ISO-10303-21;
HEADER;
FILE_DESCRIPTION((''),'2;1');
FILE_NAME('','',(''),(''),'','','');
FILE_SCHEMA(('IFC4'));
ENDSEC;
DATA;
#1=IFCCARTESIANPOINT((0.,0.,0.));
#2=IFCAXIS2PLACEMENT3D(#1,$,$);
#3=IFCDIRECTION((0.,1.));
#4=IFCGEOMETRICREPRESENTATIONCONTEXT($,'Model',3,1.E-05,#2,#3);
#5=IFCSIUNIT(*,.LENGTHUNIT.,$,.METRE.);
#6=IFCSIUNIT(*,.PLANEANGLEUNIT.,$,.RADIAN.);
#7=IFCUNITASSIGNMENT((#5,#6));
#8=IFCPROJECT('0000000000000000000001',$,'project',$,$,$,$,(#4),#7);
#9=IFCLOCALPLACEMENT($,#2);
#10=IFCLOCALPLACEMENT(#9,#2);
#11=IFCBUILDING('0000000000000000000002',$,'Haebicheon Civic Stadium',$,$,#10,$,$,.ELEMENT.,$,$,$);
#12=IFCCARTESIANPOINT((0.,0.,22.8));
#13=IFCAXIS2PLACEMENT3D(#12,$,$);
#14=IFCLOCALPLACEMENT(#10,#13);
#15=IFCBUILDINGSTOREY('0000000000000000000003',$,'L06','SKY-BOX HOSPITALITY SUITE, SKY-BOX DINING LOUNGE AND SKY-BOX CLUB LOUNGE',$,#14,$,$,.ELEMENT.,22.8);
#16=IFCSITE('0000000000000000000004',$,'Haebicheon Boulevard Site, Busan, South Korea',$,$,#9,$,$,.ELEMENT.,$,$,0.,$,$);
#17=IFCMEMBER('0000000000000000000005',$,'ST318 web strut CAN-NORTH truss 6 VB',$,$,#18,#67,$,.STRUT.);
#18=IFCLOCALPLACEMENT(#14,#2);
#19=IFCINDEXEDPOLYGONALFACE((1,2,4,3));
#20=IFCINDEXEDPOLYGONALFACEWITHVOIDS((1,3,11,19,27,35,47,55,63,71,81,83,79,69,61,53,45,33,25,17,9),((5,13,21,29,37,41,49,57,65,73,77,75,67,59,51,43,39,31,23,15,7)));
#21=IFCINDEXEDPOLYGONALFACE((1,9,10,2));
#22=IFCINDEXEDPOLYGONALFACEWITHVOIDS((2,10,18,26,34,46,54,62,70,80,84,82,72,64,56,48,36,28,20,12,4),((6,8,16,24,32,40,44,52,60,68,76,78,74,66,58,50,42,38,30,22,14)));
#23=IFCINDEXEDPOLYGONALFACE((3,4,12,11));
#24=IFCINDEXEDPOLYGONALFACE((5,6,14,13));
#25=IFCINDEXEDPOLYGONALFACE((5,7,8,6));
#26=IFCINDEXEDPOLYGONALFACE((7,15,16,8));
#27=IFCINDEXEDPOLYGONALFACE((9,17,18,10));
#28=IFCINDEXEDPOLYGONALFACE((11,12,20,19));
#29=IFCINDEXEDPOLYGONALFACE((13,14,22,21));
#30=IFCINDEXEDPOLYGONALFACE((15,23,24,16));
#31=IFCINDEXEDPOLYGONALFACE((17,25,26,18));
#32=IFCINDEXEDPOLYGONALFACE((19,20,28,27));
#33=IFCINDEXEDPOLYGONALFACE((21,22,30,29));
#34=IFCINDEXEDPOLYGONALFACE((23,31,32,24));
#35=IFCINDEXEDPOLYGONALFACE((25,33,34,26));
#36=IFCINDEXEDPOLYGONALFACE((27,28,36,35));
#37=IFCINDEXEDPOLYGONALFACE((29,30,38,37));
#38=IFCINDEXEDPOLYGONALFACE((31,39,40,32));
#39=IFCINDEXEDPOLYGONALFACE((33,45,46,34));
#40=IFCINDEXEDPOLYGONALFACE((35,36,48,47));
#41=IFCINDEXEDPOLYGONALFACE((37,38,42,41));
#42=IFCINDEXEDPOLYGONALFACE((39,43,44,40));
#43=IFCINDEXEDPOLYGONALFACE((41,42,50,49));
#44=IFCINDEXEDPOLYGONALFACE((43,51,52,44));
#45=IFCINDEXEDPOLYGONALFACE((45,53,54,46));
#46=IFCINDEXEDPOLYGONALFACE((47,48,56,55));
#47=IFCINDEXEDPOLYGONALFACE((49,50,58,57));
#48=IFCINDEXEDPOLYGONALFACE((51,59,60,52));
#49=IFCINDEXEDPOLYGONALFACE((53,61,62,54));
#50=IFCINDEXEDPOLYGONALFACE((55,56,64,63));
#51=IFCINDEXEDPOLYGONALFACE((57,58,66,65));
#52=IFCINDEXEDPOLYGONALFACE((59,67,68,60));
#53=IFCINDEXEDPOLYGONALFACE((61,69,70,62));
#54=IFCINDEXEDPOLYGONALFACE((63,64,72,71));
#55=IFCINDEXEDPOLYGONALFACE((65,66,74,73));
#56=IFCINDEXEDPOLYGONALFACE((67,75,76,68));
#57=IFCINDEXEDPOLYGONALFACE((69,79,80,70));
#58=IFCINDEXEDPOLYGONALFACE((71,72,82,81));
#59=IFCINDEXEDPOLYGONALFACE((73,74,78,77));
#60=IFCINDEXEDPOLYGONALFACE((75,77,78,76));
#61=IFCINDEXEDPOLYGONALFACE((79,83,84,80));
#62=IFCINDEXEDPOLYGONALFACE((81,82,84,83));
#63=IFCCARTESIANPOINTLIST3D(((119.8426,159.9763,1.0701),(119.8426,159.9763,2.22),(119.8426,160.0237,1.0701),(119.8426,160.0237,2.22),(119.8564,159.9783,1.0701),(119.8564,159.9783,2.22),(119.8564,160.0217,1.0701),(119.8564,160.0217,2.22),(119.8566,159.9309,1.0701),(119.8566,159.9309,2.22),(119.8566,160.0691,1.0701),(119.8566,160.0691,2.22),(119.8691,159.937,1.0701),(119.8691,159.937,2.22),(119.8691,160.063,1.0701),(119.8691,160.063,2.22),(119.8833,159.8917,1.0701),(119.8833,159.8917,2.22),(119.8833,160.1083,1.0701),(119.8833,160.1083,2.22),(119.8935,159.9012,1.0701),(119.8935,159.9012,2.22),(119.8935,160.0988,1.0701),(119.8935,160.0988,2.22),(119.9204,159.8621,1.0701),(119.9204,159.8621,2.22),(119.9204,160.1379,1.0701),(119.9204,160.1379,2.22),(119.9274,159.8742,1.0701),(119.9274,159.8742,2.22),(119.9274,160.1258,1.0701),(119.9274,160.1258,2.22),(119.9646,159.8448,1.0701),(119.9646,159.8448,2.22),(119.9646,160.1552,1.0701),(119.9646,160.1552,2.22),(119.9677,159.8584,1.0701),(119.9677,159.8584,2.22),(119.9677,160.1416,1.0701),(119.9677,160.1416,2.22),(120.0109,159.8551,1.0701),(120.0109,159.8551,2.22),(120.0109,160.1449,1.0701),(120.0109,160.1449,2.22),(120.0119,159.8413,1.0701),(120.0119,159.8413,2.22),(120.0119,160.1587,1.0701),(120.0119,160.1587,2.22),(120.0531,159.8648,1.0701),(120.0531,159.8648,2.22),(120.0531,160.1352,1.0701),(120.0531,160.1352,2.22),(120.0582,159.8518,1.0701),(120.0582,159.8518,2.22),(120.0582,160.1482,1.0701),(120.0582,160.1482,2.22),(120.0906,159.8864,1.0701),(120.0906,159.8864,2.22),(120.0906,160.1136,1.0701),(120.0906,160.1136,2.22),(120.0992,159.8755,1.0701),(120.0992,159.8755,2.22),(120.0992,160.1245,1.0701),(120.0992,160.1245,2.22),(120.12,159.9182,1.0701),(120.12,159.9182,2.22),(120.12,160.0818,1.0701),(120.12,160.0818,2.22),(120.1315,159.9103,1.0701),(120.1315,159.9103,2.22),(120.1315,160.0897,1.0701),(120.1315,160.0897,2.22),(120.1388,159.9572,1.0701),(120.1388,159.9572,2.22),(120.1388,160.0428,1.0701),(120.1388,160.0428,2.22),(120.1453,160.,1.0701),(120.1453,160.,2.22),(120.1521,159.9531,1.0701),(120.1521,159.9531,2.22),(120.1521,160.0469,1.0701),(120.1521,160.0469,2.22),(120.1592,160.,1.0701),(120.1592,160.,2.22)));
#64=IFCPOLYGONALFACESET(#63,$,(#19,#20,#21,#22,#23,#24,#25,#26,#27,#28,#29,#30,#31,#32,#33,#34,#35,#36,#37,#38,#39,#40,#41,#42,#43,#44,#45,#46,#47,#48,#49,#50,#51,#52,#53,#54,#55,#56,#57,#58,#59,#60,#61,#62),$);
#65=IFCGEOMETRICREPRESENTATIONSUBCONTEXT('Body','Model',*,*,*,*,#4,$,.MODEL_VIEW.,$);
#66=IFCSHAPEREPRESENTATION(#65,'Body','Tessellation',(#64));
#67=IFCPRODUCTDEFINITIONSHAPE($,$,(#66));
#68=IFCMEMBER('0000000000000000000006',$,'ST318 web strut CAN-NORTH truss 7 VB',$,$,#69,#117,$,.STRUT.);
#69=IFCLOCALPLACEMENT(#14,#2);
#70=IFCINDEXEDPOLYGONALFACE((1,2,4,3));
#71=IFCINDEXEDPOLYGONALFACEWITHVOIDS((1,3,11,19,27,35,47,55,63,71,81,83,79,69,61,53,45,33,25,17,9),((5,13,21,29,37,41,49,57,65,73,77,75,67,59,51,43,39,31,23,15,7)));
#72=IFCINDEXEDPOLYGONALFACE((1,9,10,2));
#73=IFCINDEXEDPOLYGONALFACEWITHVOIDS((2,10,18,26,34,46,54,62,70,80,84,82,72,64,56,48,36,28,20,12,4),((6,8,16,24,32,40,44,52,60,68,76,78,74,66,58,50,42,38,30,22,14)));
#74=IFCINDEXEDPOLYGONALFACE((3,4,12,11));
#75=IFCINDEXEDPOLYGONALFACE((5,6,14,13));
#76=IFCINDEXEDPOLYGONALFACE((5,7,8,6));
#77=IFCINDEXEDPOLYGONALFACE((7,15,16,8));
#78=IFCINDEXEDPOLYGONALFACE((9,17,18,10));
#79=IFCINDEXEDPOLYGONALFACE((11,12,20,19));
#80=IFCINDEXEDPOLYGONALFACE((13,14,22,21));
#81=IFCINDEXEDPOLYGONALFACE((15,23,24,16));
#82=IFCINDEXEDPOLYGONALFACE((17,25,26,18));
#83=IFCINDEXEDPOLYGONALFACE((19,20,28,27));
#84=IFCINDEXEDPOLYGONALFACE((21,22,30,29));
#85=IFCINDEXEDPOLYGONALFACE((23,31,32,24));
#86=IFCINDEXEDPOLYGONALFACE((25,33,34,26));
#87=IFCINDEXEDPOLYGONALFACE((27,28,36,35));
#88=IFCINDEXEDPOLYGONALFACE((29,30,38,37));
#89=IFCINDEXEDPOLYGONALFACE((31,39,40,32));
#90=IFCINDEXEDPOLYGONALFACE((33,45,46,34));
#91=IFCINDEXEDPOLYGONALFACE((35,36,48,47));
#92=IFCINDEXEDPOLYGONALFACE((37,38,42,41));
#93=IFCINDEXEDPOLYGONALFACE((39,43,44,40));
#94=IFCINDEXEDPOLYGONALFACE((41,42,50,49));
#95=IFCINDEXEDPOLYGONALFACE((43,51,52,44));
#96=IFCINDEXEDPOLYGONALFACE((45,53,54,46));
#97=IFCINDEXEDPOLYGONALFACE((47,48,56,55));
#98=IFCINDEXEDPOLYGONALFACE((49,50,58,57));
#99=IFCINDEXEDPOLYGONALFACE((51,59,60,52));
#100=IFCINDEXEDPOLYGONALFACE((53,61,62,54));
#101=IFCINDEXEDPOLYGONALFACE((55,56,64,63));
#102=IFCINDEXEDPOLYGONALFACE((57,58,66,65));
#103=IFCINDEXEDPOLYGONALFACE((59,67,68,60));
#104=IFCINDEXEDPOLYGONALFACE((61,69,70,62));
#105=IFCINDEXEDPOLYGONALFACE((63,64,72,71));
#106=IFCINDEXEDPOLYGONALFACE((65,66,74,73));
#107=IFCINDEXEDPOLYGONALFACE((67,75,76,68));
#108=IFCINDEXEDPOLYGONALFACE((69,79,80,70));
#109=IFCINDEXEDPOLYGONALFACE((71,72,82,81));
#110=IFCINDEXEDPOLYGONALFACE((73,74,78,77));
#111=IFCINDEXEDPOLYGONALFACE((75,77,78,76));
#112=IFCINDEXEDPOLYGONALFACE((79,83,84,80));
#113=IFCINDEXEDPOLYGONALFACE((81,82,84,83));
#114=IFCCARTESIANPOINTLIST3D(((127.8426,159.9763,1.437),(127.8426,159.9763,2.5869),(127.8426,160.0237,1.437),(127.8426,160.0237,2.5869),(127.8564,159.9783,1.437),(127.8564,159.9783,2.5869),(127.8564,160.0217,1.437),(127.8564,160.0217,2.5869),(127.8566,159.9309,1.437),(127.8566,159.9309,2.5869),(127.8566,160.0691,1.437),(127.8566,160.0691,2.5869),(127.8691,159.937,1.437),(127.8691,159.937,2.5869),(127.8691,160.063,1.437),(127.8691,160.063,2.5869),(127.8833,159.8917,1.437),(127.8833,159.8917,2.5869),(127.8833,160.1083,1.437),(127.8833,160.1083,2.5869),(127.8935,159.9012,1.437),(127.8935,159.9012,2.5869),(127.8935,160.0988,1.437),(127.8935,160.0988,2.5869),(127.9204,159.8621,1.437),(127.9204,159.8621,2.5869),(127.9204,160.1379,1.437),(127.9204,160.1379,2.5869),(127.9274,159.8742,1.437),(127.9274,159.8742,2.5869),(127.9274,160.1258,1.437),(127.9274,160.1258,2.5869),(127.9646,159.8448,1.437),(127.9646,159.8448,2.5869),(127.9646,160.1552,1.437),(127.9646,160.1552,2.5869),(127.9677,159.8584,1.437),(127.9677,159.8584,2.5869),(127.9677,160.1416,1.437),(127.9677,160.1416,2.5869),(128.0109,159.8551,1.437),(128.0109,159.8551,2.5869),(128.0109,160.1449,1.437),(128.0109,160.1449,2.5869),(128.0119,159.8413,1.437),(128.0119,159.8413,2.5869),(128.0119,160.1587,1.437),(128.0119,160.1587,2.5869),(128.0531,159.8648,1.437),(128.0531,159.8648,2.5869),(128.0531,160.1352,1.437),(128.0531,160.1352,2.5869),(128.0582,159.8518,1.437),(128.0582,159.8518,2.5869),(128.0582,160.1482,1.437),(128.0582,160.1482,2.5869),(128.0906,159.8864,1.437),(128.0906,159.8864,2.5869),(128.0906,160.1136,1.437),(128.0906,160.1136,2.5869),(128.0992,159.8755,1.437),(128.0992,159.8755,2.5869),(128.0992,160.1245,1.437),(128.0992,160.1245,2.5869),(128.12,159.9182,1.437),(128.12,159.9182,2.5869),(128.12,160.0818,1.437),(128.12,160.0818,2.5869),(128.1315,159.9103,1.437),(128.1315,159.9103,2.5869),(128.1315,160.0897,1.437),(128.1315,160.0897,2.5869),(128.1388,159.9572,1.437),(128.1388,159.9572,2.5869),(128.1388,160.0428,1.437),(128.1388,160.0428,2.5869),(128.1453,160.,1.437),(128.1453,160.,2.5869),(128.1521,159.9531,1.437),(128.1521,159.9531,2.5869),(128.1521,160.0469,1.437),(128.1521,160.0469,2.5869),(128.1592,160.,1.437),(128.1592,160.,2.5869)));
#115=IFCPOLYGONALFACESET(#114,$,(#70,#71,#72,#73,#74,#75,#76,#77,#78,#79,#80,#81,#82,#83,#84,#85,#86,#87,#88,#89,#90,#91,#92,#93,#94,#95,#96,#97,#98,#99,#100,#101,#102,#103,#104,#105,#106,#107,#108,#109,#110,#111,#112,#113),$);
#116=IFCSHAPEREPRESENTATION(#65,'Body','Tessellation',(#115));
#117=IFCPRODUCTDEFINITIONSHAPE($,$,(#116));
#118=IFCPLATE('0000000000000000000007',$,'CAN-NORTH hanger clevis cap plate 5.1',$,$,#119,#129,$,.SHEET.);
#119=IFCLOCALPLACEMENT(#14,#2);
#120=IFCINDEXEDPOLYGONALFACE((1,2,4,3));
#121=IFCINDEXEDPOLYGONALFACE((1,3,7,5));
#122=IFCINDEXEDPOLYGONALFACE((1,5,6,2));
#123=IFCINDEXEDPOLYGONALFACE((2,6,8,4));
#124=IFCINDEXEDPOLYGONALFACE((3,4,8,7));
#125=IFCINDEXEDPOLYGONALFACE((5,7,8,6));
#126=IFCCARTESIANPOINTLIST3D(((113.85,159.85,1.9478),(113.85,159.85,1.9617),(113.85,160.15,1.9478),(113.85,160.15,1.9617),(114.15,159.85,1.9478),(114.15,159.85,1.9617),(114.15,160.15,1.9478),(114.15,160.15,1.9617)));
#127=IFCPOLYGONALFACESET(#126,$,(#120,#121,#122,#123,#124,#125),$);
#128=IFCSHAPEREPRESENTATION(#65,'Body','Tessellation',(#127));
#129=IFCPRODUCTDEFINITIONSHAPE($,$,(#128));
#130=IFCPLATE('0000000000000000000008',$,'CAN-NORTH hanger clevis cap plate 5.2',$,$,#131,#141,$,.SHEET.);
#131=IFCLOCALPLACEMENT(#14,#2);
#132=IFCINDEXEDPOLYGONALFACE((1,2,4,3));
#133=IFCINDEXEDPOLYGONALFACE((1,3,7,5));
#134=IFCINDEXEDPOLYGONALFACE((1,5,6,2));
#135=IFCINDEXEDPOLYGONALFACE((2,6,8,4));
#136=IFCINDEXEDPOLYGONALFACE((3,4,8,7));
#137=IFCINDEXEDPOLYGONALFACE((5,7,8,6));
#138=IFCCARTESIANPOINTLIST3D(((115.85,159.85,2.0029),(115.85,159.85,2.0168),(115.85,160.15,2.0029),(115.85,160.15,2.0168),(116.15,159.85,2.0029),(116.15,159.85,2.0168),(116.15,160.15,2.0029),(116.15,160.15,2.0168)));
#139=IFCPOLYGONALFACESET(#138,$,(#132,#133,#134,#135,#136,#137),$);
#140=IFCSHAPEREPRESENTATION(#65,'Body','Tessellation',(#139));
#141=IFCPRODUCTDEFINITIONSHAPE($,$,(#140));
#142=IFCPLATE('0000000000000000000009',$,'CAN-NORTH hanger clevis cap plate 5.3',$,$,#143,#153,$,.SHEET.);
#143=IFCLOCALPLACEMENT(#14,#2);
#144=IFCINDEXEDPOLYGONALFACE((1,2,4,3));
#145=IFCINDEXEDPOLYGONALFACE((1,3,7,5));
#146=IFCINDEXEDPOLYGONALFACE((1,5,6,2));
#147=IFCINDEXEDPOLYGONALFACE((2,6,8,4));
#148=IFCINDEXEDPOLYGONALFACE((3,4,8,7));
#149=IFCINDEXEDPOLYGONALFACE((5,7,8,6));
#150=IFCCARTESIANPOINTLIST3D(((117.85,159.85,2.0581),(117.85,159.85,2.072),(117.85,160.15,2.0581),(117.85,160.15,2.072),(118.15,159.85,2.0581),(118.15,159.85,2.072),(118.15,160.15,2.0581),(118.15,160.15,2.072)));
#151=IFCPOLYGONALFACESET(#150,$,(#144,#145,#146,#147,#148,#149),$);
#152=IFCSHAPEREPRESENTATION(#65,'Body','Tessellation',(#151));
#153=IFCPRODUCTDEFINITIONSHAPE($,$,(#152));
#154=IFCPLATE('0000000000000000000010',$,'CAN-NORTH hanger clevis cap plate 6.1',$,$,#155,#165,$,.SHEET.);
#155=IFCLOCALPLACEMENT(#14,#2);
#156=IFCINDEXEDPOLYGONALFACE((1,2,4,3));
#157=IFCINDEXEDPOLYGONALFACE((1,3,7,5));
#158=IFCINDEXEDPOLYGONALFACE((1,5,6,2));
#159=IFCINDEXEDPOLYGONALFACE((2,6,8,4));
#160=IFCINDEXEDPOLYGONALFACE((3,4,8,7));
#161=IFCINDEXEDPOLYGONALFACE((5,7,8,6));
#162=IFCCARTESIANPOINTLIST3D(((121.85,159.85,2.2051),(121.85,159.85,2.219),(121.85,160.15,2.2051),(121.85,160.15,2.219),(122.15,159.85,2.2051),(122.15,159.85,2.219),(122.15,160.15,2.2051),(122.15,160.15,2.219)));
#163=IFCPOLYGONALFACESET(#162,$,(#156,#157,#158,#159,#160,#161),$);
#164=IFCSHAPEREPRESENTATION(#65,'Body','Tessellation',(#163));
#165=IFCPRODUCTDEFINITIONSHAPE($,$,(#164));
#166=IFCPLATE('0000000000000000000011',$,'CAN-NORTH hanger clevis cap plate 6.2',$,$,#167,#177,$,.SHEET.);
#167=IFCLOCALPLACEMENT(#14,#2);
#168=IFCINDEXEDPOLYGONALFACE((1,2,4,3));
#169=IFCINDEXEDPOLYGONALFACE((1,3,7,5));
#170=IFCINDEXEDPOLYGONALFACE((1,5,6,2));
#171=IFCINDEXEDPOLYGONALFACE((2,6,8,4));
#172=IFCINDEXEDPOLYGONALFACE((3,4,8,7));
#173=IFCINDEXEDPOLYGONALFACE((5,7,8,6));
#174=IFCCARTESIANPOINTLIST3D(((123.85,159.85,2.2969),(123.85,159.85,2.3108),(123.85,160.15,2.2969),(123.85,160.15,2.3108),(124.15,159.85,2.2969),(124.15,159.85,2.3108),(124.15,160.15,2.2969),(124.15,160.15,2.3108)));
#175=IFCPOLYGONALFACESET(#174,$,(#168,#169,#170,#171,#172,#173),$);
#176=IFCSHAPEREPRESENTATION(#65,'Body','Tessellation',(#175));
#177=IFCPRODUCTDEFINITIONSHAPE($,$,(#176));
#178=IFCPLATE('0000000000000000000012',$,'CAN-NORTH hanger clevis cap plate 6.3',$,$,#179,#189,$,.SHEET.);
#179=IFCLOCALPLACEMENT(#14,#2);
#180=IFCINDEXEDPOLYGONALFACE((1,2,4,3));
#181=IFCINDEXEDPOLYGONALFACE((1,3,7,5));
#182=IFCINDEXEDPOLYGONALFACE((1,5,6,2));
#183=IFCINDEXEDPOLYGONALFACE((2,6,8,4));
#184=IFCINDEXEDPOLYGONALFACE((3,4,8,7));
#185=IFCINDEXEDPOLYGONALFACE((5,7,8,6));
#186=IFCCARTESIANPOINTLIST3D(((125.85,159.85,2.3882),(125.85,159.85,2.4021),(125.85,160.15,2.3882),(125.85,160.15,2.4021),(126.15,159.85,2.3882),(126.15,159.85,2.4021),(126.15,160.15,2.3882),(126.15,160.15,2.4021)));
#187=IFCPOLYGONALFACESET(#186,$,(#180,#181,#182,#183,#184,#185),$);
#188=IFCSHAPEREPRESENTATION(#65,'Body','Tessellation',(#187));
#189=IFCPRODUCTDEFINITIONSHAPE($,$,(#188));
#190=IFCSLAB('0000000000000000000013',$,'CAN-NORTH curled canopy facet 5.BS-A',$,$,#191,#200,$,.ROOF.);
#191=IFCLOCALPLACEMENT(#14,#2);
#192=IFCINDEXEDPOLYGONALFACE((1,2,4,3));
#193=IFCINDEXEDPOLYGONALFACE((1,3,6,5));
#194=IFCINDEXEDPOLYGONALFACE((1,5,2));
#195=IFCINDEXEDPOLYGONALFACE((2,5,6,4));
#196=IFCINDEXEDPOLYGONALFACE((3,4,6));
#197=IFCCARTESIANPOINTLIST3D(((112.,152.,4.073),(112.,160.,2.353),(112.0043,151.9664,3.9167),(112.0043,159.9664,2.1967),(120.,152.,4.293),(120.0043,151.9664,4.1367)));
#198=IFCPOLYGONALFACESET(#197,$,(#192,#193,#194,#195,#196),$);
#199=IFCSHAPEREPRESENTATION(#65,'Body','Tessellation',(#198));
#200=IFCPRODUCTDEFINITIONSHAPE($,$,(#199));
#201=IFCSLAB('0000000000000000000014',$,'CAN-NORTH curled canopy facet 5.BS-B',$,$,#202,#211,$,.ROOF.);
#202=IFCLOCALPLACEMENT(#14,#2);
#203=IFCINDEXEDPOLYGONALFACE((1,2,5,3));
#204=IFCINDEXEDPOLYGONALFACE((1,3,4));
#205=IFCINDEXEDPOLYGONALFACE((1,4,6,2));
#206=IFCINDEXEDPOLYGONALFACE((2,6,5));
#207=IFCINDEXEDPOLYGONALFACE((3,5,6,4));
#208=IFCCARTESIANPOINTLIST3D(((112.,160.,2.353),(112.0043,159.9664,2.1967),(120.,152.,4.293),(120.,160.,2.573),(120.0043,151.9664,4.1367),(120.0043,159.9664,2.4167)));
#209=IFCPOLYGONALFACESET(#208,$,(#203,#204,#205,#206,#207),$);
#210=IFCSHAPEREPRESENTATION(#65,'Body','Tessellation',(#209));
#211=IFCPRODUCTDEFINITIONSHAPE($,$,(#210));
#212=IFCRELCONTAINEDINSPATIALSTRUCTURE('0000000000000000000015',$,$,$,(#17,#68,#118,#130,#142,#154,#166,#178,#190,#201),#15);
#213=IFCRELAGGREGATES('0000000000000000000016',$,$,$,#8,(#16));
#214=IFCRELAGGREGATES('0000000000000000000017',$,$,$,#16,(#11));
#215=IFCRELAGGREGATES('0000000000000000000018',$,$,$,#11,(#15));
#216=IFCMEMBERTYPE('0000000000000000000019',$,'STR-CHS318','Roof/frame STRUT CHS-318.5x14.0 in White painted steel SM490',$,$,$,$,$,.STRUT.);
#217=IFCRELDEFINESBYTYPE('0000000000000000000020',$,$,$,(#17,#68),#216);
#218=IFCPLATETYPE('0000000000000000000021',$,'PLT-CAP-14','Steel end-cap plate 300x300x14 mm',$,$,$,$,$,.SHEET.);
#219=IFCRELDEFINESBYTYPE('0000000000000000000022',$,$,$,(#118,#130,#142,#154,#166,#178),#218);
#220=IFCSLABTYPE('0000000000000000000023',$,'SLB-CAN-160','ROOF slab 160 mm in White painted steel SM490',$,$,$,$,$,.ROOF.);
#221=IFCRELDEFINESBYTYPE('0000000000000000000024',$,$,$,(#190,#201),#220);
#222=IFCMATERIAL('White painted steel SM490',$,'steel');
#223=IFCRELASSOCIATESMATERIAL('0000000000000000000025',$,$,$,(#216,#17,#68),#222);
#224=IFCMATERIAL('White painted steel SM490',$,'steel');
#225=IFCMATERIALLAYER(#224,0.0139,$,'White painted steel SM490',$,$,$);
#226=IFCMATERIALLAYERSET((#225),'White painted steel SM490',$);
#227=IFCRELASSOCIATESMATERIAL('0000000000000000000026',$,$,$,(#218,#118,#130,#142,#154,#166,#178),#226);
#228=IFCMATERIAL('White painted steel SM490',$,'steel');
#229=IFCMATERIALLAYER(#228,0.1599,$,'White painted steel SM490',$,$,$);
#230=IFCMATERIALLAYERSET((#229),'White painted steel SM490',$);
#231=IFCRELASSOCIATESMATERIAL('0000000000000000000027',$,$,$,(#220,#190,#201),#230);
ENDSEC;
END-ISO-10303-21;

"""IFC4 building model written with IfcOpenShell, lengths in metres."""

from ifc_helpers import new_model, si_unit, direction, frame, origin, origin_2d, place, context, subcontext, project, spatial, polyline, rectangle, hollow_circle, outline, extrude, material, layer, layer_set, material_profile, profile_set, type_object, element, save


model = new_model("IFC4")

# Units and contexts
model_context = context("Model", 3, precision=1e-05, world=origin(), true_north=direction((0.0, 1.0)))
body_context = subcontext(model_context, "Body", "Model", "MODEL_VIEW")
ifc_project = project(units=[si_unit("LENGTHUNIT", "METRE"), si_unit("PLANEANGLEUNIT", "RADIAN")], contexts=[model_context])

# Site, building, storey
site_placement = place(None, origin())
site = spatial("IfcSite", under=ifc_project, at=site_placement, Name="Haebicheon Boulevard Site, Busan, South Korea", CompositionType="ELEMENT", RefElevation=0.0)
building_placement = place(site_placement, origin())
building = spatial("IfcBuilding", under=site, at=building_placement, Name="Haebicheon Civic Stadium", CompositionType="ELEMENT")
storey_placement = place(building_placement, frame((0.0, 0.0, 22.8)))
storey = spatial("IfcBuildingStorey", under=building, at=storey_placement, Name="L06", Description="SKY-BOX HOSPITALITY SUITE, SKY-BOX DINING LOUNGE AND SKY-BOX CLUB LOUNGE", CompositionType="ELEMENT", Elevation=22.8)

# Members
ifc_material_1 = material(Name="White painted steel SM490", Category="steel")
ifc_material_profile_1 = material_profile(ifc_material_1, hollow_circle(Radius=0.1592, WallThickness=0.0139, at=origin_2d()), Name="CHS-318.5x14.0")
ifc_profile_set_1 = profile_set([ifc_material_profile_1], Name="White painted steel SM490")
member_type_1 = type_object("IfcMemberType", Name="STR-CHS318", Description="Roof/frame STRUT CHS-318.5x14.0 in White painted steel SM490", PredefinedType="STRUT", material=ifc_profile_set_1)
for number, where, z_axis, x_axis, name in (
    (1, (120.0, 160.0, 1.0701), (0.0, 0.0, 1.0), (1.0, 0.0, 0.0), "ST318 web strut CAN-NORTH truss 6 VB"),
    (2, (128.0, 160.0, 1.437), (0.0, 0.0, 1.0), (1.0, 0.0, 0.0), "ST318 web strut CAN-NORTH truss 7 VB"),
):
    element("IfcMember", number, at=place(storey_placement, frame(where, z_axis=z_axis, x_axis=x_axis)), inside=storey, type_object=member_type_1, material=ifc_profile_set_1, Name=name, PredefinedType="STRUT", context=body_context, shape_type="SweptSolid", body=[
        extrude(hollow_circle(Radius=0.1592, WallThickness=0.0139, at=origin_2d()), origin(), (0.0, 0.0, 1.0), 1.1499),
    ])

# Plates
ifc_material_2 = material(Name="White painted steel SM490", Category="steel")
ifc_layer_1 = layer(ifc_material_2, 0.0139, Name="White painted steel SM490")
ifc_layer_set_1 = layer_set([ifc_layer_1], Name="White painted steel SM490")
plate_type = type_object("IfcPlateType", Name="PLT-CAP-14", Description="Steel end-cap plate 300x300x14 mm", PredefinedType="SHEET", material=ifc_layer_set_1)
for number, where, z_axis, x_axis, name in (
    (3, (114.0, 160.0, 1.9478), (0.0, 0.0, 1.0), (1.0, 0.0, 0.0), "CAN-NORTH hanger clevis cap plate 5.1"),
    (4, (116.0, 160.0, 2.0029), (0.0, 0.0, 1.0), (1.0, 0.0, 0.0), "CAN-NORTH hanger clevis cap plate 5.2"),
    (5, (118.0, 160.0, 2.0581), (0.0, 0.0, 1.0), (1.0, 0.0, 0.0), "CAN-NORTH hanger clevis cap plate 5.3"),
    (6, (122.0, 160.0, 2.2051), (0.0, 0.0, 1.0), (1.0, 0.0, 0.0), "CAN-NORTH hanger clevis cap plate 6.1"),
    (7, (124.0, 160.0, 2.2969), (0.0, 0.0, 1.0), (1.0, 0.0, 0.0), "CAN-NORTH hanger clevis cap plate 6.2"),
    (8, (126.0, 160.0, 2.3882), (0.0, 0.0, 1.0), (1.0, 0.0, 0.0), "CAN-NORTH hanger clevis cap plate 6.3"),
):
    element("IfcPlate", number, at=place(storey_placement, frame(where, z_axis=z_axis, x_axis=x_axis)), inside=storey, type_object=plate_type, material=ifc_layer_set_1, Name=name, PredefinedType="SHEET", context=body_context, shape_type="SweptSolid", body=[
        extrude(rectangle(XDim=0.3, YDim=0.3, at=origin_2d()), origin(), (0.0, 0.0, 1.0), 0.0139),
    ])

# Slabs
ifc_material_3 = material(Name="White painted steel SM490", Category="steel")
ifc_layer_2 = layer(ifc_material_3, 0.1599, Name="White painted steel SM490")
ifc_layer_set_2 = layer_set([ifc_layer_2], Name="White painted steel SM490")
slab_type = type_object("IfcSlabType", Name="SLB-CAN-160", Description="ROOF slab 160 mm in White painted steel SM490", PredefinedType="ROOF", material=ifc_layer_set_2)
slab_1_placement = place(storey_placement, frame((112.0, 160.0, 2.353), z_axis=(-0.026872, 0.210117, 0.977307), x_axis=(0.0, -0.97766, 0.210193)))
element("IfcSlab", 9, at=slab_1_placement, inside=storey, type_object=slab_type, material=ifc_layer_set_2, Name="CAN-NORTH curled canopy facet 5.BS-A", PredefinedType="ROOF", context=body_context, shape_type="SweptSolid", body=[
    extrude(outline(polyline([(0.0, 0.0), (8.1828, 0.0), (8.229, 8.0029), (0.0, 0.0)])), origin(), (0.0, 0.0, -1.0), 0.1599),
])
slab_2_placement = place(storey_placement, frame((112.0, 160.0, 2.353), z_axis=(-0.026872, 0.210117, 0.977307), x_axis=(0.696936, -0.696936, 0.169002)))
element("IfcSlab", 10, at=slab_2_placement, inside=storey, type_object=slab_type, material=ifc_layer_set_2, Name="CAN-NORTH curled canopy facet 5.BS-B", PredefinedType="ROOF", context=body_context, shape_type="SweptSolid", body=[
    extrude(outline(polyline([(0.0, 0.0), (11.4788, 0.0), (5.6127, 5.7049), (0.0, 0.0)])), origin(), (0.0, 0.0, -1.0), 0.1599),
])

save(model, "model.ifc")
